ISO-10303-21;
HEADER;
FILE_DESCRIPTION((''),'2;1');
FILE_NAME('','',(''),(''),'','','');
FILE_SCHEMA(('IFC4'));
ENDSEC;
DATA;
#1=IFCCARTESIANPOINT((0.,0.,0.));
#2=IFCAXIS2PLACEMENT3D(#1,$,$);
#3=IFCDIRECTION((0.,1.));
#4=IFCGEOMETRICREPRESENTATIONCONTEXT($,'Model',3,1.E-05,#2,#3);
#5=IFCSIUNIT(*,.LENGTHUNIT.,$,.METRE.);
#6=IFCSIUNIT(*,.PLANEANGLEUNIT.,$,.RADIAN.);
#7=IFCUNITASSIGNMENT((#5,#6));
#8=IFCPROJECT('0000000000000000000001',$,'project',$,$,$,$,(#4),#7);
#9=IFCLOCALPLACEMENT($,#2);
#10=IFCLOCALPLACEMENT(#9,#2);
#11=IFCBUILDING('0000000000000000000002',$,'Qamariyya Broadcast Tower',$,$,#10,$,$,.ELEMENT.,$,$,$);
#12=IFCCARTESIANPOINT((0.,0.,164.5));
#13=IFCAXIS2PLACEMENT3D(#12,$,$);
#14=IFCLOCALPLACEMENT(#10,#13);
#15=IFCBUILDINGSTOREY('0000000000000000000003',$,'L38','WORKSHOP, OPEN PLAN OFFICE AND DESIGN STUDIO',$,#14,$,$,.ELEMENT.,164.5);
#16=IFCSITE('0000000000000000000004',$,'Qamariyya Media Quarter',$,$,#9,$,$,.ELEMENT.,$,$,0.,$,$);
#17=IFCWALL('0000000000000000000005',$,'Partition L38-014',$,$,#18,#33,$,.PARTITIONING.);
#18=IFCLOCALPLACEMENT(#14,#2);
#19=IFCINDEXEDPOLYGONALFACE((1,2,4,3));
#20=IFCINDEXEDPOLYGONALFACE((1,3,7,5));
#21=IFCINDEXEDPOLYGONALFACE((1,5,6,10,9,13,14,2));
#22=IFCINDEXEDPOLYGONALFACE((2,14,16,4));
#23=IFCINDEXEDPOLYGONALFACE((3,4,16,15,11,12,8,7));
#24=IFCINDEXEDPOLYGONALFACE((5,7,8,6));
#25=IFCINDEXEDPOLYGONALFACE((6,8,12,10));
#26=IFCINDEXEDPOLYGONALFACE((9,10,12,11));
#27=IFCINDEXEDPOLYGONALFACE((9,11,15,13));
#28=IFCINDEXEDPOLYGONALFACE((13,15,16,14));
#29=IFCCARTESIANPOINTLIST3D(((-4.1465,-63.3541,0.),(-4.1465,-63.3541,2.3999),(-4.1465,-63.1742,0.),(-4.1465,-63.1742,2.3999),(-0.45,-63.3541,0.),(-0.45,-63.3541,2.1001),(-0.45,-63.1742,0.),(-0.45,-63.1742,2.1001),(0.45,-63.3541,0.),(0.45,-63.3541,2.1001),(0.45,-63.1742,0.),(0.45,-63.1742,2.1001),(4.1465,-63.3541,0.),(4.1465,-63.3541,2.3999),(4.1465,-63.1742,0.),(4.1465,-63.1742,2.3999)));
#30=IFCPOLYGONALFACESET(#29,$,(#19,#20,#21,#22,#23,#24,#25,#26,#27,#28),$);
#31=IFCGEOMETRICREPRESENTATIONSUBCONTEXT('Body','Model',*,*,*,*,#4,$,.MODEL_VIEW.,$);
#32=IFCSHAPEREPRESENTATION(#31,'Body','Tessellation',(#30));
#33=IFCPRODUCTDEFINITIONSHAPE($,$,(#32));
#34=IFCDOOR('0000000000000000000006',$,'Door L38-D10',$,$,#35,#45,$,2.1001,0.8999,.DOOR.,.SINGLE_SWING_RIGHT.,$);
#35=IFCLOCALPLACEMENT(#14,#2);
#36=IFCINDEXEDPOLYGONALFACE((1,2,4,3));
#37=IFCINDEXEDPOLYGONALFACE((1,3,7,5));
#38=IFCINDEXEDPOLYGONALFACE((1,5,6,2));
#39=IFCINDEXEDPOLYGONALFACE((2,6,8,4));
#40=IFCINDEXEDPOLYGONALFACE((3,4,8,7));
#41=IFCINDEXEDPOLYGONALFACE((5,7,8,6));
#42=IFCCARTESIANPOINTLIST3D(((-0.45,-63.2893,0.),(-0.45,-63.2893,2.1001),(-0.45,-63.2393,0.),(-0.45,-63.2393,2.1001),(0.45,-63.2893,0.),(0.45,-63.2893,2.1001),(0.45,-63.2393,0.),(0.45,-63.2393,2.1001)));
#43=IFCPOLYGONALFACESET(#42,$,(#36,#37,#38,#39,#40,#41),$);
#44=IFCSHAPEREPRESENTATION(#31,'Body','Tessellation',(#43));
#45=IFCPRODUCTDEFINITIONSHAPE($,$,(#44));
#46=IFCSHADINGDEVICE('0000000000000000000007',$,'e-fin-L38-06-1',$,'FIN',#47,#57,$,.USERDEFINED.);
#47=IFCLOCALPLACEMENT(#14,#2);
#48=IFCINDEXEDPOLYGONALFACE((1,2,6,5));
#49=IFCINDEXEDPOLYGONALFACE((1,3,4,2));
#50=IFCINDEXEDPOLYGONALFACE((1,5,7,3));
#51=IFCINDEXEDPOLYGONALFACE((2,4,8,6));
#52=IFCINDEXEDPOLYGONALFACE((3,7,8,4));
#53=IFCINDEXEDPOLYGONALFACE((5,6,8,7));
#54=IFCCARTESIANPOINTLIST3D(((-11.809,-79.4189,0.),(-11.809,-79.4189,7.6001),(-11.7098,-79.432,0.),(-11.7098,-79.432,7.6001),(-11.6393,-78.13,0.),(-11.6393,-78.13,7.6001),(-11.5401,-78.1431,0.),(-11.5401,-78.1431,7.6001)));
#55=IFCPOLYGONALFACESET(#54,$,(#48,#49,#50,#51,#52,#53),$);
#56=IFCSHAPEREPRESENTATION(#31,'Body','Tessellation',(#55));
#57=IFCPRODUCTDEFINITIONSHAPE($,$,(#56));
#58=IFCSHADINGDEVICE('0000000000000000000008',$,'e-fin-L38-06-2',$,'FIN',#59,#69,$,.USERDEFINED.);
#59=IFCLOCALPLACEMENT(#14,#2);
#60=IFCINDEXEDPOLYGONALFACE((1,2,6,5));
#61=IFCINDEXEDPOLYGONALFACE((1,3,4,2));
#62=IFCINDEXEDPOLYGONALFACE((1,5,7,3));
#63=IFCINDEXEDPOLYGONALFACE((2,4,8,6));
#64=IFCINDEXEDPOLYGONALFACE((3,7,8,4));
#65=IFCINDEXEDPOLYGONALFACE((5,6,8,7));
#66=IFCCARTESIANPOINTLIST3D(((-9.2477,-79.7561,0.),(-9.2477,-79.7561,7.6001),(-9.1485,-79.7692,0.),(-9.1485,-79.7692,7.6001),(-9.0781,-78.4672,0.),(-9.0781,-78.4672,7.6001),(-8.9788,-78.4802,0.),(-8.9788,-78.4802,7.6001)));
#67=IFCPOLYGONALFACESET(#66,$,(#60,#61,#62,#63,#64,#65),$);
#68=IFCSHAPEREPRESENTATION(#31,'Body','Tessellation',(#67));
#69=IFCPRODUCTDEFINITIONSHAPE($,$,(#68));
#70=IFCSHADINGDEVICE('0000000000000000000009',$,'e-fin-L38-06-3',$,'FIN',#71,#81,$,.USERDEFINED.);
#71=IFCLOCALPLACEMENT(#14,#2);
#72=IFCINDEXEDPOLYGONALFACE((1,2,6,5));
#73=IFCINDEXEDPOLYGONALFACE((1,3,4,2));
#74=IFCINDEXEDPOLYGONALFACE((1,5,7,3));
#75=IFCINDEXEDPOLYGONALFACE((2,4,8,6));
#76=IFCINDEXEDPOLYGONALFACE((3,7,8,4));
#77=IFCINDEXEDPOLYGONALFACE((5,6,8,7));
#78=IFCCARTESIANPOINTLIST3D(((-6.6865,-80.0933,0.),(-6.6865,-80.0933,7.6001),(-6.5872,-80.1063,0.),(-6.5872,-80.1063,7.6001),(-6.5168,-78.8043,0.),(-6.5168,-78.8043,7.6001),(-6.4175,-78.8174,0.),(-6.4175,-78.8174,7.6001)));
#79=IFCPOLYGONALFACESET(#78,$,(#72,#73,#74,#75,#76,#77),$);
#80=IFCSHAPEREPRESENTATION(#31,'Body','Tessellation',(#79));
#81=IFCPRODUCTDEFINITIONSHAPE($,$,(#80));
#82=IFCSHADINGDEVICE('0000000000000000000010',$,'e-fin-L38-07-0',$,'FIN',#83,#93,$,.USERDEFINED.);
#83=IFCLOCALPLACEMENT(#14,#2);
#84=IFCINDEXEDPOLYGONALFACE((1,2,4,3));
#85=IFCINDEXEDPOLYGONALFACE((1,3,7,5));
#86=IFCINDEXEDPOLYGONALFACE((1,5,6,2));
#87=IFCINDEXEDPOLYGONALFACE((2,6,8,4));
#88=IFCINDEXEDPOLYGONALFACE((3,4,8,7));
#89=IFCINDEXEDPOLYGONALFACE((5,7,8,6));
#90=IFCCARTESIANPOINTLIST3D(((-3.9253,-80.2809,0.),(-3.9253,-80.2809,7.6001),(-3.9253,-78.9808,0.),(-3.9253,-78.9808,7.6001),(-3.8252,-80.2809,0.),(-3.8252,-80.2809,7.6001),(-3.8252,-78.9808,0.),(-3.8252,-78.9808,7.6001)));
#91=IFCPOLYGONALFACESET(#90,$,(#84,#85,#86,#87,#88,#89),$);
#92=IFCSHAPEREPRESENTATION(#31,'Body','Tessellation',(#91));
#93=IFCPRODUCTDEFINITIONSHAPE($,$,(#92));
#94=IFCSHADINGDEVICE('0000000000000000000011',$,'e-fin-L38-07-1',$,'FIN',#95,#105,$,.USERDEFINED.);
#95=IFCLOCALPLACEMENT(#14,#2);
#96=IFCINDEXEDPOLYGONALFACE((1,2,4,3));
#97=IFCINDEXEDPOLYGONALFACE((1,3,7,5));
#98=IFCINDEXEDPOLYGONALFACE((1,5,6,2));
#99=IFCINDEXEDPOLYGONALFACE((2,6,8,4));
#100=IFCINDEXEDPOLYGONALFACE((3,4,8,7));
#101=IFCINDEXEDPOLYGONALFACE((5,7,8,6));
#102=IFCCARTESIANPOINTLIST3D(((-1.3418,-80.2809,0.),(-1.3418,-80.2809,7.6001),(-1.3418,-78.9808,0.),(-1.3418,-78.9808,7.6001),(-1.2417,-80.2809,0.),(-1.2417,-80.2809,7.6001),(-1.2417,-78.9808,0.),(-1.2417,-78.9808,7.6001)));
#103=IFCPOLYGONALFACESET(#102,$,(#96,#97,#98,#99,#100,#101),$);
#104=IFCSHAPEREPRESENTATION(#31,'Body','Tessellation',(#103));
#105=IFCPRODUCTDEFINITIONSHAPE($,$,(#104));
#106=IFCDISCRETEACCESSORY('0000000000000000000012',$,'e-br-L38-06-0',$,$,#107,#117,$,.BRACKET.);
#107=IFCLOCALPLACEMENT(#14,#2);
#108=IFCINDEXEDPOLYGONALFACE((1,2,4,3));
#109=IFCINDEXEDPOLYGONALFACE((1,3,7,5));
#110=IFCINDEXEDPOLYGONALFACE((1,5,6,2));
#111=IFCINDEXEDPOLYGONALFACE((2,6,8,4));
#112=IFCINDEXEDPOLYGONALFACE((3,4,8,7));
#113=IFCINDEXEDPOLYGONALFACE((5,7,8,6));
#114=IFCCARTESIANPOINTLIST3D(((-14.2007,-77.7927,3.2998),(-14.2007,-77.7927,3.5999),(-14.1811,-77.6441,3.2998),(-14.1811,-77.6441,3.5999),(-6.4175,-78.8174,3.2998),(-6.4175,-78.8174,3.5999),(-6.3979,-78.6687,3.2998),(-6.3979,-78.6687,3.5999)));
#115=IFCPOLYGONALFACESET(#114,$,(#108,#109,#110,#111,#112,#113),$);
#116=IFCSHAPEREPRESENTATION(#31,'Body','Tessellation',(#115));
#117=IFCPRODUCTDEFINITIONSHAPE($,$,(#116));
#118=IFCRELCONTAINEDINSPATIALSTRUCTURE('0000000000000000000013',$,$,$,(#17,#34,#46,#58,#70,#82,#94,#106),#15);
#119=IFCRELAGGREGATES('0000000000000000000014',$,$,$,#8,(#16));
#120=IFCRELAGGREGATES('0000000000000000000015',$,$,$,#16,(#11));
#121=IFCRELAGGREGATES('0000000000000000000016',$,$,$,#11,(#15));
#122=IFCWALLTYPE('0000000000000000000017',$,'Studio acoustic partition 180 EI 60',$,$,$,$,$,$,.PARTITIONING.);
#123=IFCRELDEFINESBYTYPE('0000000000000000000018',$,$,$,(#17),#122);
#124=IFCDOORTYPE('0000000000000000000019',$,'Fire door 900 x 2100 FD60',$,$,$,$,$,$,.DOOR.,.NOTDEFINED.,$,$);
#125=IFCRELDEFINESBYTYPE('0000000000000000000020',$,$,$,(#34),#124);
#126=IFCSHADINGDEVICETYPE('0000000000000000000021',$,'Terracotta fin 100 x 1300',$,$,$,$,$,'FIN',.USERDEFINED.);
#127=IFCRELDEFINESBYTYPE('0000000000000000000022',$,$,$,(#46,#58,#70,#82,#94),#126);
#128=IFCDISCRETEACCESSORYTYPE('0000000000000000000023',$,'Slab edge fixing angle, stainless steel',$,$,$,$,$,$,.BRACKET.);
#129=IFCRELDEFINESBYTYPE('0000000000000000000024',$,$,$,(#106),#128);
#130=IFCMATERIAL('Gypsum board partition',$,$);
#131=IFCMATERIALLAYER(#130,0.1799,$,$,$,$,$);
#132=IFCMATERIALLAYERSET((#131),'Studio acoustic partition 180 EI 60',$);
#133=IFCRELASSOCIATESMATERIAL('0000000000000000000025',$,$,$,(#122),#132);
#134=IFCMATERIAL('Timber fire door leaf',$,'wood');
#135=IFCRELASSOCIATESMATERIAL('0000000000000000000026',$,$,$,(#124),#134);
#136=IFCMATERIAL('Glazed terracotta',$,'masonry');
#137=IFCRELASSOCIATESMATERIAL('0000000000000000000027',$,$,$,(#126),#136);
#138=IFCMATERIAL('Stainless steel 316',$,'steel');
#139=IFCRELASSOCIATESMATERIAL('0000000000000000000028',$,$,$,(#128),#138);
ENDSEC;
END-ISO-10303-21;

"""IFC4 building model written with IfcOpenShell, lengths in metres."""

from ifc_helpers import new_model, si_unit, direction, frame, frame_2d, origin, origin_2d, place, context, subcontext, project, spatial, rectangle, extrude, material, layer, layer_set, material_profile, profile_set, type_object, element, fill, save


model = new_model("IFC4")

# Units and contexts
model_context = context("Model", 3, precision=1e-05, world=origin(), true_north=direction((0.0, 1.0)))
body_context = subcontext(model_context, "Body", "Model", "MODEL_VIEW")
ifc_project = project(units=[si_unit("LENGTHUNIT", "METRE"), si_unit("PLANEANGLEUNIT", "RADIAN")], contexts=[model_context])

# Site, building, storey
site_placement = place(None, origin())
site = spatial("IfcSite", under=ifc_project, at=site_placement, Name="Qamariyya Media Quarter", CompositionType="ELEMENT", RefElevation=0.0)
building_placement = place(site_placement, origin())
building = spatial("IfcBuilding", under=site, at=building_placement, Name="Qamariyya Broadcast Tower", CompositionType="ELEMENT")
storey_placement = place(building_placement, frame((0.0, 0.0, 164.5)))
storey = spatial("IfcBuildingStorey", under=building, at=storey_placement, Name="L38", Description="WORKSHOP, OPEN PLAN OFFICE AND DESIGN STUDIO", CompositionType="ELEMENT", Elevation=164.5)

# Shared definitions
ifc_material_1 = material(Name="Gypsum board partition")

# Shared definitions
ifc_layer_1 = layer(ifc_material_1, 0.1799)
ifc_layer_set_1 = layer_set([ifc_layer_1], Name="Studio acoustic partition 180 EI 60")
wall_type_1 = type_object("IfcWallType", Name="Studio acoustic partition 180 EI 60", PredefinedType="PARTITIONING", material=ifc_layer_set_1)
ifc_material_2 = material(Name="Timber fire door leaf", Category="wood")
door_type_1 = type_object("IfcDoorType", Name="Fire door 900 x 2100 FD60", OperationType="NOTDEFINED", PredefinedType="DOOR", material=ifc_material_2)

# Wall, opening, door
wall_1_placement = place(storey_placement, frame((-4.1465, -63.2642, 0.0), z_axis=(0.0, 0.0, 1.0), x_axis=(1.0, 0.0, 0.0)))
wall_1 = element("IfcWall", 1, at=wall_1_placement, inside=storey, type_object=wall_type_1, Name="Partition L38-014", PredefinedType="PARTITIONING", context=body_context, shape_type="SweptSolid", body=[
    extrude(rectangle(XDim=8.293, YDim=0.1799, at=frame_2d((4.1465, 0.0))), origin(), (0.0, 0.0, 1.0), 2.3999),
])
opening_1_placement = place(wall_1_placement, frame((3.6965, 0.0, 0.0)))
opening_1 = element("IfcOpeningElement", 2, at=opening_1_placement, cuts=wall_1, PredefinedType="OPENING", context=body_context, shape_type="SweptSolid", body=[
    extrude(rectangle(XDim=0.8999, YDim=2.1001, at=frame_2d((0.45, 1.05))), frame((0.0, 0.0999, 0.0), z_axis=(0.0, -1.0, 0.0), x_axis=(1.0, 0.0, 0.0)), (0.0, 0.0, 1.0), 0.2),
])
door_1_placement = place(opening_1_placement, origin())
door_1 = element("IfcDoor", 3, at=door_1_placement, inside=storey, type_object=door_type_1, Name="Door L38-D10", OperationType="SINGLE_SWING_RIGHT", OverallHeight=2.1001, OverallWidth=0.8999, PredefinedType="DOOR", context=body_context, shape_type="SweptSolid", body=[
    extrude(rectangle(XDim=0.8999, YDim=2.1001, at=frame_2d((0.45, 1.05))), frame((0.0, 0.0249, 0.0), z_axis=(0.0, -1.0, 0.0), x_axis=(1.0, 0.0, 0.0)), (0.0, 0.0, 1.0), 0.05),
])
fill(opening_1, door_1)

# Shading devices
ifc_material_3 = material(Name="Glazed terracotta", Category="masonry")
ifc_material_profile_1 = material_profile(ifc_material_3, rectangle(XDim=1.3, YDim=0.1001, at=origin_2d()))
ifc_profile_set_1 = profile_set([ifc_material_profile_1], Name="Glazed terracotta")
shading_device_type_1 = type_object("IfcShadingDeviceType", Name="Terracotta fin 100 x 1300", ElementType="FIN", PredefinedType="USERDEFINED", material=ifc_profile_set_1)
for number, where, z_axis, x_axis, name in (
    (4, (-11.6746, -78.781, 0.0), (0.0, 0.0, 1.0), (-0.130526, -0.991445, 0.0), "e-fin-L38-06-1"),
    (5, (-9.1133, -79.1182, 0.0), (0.0, 0.0, 1.0), (-0.130526, -0.991445, 0.0), "e-fin-L38-06-2"),
    (6, (-6.552, -79.4553, 0.0), (0.0, 0.0, 1.0), (-0.130526, -0.991445, 0.0), "e-fin-L38-06-3"),
    (7, (-3.8752, -79.6309, 0.0), (0.0, 0.0, 1.0), (0.0, -1.0, 0.0), "e-fin-L38-07-0"),
    (8, (-1.2917, -79.6309, 0.0), (0.0, 0.0, 1.0), (0.0, -1.0, 0.0), "e-fin-L38-07-1"),
):
    element("IfcShadingDevice", number, at=place(storey_placement, frame(where, z_axis=z_axis, x_axis=x_axis)), inside=storey, type_object=shading_device_type_1, Name=name, ObjectType="FIN", PredefinedType="USERDEFINED", context=body_context, shape_type="SweptSolid", body=[
        extrude(rectangle(XDim=1.3, YDim=0.1001, at=origin_2d()), origin(), (0.0, 0.0, 1.0), 7.6001),
    ])

# Discrete accessory
ifc_material_4 = material(Name="Stainless steel 316", Category="steel")
discrete_accessory_type = type_object("IfcDiscreteAccessoryType", Name="Slab edge fixing angle, stainless steel", PredefinedType="BRACKET", material=ifc_material_4)
discrete_accessory_placement = place(storey_placement, frame((-10.2993, -78.2307, 3.2998), z_axis=(0.0, 0.0, 1.0), x_axis=(0.991445, -0.130526, 0.0)))
element("IfcDiscreteAccessory", 9, at=discrete_accessory_placement, inside=storey, type_object=discrete_accessory_type, Name="e-br-L38-06-0", PredefinedType="BRACKET", context=body_context, shape_type="SweptSolid", body=[
    extrude(rectangle(XDim=7.8503, YDim=0.1499, at=origin_2d()), origin(), (0.0, 0.0, 1.0), 0.3),
])

save(model, "model.ifc")
